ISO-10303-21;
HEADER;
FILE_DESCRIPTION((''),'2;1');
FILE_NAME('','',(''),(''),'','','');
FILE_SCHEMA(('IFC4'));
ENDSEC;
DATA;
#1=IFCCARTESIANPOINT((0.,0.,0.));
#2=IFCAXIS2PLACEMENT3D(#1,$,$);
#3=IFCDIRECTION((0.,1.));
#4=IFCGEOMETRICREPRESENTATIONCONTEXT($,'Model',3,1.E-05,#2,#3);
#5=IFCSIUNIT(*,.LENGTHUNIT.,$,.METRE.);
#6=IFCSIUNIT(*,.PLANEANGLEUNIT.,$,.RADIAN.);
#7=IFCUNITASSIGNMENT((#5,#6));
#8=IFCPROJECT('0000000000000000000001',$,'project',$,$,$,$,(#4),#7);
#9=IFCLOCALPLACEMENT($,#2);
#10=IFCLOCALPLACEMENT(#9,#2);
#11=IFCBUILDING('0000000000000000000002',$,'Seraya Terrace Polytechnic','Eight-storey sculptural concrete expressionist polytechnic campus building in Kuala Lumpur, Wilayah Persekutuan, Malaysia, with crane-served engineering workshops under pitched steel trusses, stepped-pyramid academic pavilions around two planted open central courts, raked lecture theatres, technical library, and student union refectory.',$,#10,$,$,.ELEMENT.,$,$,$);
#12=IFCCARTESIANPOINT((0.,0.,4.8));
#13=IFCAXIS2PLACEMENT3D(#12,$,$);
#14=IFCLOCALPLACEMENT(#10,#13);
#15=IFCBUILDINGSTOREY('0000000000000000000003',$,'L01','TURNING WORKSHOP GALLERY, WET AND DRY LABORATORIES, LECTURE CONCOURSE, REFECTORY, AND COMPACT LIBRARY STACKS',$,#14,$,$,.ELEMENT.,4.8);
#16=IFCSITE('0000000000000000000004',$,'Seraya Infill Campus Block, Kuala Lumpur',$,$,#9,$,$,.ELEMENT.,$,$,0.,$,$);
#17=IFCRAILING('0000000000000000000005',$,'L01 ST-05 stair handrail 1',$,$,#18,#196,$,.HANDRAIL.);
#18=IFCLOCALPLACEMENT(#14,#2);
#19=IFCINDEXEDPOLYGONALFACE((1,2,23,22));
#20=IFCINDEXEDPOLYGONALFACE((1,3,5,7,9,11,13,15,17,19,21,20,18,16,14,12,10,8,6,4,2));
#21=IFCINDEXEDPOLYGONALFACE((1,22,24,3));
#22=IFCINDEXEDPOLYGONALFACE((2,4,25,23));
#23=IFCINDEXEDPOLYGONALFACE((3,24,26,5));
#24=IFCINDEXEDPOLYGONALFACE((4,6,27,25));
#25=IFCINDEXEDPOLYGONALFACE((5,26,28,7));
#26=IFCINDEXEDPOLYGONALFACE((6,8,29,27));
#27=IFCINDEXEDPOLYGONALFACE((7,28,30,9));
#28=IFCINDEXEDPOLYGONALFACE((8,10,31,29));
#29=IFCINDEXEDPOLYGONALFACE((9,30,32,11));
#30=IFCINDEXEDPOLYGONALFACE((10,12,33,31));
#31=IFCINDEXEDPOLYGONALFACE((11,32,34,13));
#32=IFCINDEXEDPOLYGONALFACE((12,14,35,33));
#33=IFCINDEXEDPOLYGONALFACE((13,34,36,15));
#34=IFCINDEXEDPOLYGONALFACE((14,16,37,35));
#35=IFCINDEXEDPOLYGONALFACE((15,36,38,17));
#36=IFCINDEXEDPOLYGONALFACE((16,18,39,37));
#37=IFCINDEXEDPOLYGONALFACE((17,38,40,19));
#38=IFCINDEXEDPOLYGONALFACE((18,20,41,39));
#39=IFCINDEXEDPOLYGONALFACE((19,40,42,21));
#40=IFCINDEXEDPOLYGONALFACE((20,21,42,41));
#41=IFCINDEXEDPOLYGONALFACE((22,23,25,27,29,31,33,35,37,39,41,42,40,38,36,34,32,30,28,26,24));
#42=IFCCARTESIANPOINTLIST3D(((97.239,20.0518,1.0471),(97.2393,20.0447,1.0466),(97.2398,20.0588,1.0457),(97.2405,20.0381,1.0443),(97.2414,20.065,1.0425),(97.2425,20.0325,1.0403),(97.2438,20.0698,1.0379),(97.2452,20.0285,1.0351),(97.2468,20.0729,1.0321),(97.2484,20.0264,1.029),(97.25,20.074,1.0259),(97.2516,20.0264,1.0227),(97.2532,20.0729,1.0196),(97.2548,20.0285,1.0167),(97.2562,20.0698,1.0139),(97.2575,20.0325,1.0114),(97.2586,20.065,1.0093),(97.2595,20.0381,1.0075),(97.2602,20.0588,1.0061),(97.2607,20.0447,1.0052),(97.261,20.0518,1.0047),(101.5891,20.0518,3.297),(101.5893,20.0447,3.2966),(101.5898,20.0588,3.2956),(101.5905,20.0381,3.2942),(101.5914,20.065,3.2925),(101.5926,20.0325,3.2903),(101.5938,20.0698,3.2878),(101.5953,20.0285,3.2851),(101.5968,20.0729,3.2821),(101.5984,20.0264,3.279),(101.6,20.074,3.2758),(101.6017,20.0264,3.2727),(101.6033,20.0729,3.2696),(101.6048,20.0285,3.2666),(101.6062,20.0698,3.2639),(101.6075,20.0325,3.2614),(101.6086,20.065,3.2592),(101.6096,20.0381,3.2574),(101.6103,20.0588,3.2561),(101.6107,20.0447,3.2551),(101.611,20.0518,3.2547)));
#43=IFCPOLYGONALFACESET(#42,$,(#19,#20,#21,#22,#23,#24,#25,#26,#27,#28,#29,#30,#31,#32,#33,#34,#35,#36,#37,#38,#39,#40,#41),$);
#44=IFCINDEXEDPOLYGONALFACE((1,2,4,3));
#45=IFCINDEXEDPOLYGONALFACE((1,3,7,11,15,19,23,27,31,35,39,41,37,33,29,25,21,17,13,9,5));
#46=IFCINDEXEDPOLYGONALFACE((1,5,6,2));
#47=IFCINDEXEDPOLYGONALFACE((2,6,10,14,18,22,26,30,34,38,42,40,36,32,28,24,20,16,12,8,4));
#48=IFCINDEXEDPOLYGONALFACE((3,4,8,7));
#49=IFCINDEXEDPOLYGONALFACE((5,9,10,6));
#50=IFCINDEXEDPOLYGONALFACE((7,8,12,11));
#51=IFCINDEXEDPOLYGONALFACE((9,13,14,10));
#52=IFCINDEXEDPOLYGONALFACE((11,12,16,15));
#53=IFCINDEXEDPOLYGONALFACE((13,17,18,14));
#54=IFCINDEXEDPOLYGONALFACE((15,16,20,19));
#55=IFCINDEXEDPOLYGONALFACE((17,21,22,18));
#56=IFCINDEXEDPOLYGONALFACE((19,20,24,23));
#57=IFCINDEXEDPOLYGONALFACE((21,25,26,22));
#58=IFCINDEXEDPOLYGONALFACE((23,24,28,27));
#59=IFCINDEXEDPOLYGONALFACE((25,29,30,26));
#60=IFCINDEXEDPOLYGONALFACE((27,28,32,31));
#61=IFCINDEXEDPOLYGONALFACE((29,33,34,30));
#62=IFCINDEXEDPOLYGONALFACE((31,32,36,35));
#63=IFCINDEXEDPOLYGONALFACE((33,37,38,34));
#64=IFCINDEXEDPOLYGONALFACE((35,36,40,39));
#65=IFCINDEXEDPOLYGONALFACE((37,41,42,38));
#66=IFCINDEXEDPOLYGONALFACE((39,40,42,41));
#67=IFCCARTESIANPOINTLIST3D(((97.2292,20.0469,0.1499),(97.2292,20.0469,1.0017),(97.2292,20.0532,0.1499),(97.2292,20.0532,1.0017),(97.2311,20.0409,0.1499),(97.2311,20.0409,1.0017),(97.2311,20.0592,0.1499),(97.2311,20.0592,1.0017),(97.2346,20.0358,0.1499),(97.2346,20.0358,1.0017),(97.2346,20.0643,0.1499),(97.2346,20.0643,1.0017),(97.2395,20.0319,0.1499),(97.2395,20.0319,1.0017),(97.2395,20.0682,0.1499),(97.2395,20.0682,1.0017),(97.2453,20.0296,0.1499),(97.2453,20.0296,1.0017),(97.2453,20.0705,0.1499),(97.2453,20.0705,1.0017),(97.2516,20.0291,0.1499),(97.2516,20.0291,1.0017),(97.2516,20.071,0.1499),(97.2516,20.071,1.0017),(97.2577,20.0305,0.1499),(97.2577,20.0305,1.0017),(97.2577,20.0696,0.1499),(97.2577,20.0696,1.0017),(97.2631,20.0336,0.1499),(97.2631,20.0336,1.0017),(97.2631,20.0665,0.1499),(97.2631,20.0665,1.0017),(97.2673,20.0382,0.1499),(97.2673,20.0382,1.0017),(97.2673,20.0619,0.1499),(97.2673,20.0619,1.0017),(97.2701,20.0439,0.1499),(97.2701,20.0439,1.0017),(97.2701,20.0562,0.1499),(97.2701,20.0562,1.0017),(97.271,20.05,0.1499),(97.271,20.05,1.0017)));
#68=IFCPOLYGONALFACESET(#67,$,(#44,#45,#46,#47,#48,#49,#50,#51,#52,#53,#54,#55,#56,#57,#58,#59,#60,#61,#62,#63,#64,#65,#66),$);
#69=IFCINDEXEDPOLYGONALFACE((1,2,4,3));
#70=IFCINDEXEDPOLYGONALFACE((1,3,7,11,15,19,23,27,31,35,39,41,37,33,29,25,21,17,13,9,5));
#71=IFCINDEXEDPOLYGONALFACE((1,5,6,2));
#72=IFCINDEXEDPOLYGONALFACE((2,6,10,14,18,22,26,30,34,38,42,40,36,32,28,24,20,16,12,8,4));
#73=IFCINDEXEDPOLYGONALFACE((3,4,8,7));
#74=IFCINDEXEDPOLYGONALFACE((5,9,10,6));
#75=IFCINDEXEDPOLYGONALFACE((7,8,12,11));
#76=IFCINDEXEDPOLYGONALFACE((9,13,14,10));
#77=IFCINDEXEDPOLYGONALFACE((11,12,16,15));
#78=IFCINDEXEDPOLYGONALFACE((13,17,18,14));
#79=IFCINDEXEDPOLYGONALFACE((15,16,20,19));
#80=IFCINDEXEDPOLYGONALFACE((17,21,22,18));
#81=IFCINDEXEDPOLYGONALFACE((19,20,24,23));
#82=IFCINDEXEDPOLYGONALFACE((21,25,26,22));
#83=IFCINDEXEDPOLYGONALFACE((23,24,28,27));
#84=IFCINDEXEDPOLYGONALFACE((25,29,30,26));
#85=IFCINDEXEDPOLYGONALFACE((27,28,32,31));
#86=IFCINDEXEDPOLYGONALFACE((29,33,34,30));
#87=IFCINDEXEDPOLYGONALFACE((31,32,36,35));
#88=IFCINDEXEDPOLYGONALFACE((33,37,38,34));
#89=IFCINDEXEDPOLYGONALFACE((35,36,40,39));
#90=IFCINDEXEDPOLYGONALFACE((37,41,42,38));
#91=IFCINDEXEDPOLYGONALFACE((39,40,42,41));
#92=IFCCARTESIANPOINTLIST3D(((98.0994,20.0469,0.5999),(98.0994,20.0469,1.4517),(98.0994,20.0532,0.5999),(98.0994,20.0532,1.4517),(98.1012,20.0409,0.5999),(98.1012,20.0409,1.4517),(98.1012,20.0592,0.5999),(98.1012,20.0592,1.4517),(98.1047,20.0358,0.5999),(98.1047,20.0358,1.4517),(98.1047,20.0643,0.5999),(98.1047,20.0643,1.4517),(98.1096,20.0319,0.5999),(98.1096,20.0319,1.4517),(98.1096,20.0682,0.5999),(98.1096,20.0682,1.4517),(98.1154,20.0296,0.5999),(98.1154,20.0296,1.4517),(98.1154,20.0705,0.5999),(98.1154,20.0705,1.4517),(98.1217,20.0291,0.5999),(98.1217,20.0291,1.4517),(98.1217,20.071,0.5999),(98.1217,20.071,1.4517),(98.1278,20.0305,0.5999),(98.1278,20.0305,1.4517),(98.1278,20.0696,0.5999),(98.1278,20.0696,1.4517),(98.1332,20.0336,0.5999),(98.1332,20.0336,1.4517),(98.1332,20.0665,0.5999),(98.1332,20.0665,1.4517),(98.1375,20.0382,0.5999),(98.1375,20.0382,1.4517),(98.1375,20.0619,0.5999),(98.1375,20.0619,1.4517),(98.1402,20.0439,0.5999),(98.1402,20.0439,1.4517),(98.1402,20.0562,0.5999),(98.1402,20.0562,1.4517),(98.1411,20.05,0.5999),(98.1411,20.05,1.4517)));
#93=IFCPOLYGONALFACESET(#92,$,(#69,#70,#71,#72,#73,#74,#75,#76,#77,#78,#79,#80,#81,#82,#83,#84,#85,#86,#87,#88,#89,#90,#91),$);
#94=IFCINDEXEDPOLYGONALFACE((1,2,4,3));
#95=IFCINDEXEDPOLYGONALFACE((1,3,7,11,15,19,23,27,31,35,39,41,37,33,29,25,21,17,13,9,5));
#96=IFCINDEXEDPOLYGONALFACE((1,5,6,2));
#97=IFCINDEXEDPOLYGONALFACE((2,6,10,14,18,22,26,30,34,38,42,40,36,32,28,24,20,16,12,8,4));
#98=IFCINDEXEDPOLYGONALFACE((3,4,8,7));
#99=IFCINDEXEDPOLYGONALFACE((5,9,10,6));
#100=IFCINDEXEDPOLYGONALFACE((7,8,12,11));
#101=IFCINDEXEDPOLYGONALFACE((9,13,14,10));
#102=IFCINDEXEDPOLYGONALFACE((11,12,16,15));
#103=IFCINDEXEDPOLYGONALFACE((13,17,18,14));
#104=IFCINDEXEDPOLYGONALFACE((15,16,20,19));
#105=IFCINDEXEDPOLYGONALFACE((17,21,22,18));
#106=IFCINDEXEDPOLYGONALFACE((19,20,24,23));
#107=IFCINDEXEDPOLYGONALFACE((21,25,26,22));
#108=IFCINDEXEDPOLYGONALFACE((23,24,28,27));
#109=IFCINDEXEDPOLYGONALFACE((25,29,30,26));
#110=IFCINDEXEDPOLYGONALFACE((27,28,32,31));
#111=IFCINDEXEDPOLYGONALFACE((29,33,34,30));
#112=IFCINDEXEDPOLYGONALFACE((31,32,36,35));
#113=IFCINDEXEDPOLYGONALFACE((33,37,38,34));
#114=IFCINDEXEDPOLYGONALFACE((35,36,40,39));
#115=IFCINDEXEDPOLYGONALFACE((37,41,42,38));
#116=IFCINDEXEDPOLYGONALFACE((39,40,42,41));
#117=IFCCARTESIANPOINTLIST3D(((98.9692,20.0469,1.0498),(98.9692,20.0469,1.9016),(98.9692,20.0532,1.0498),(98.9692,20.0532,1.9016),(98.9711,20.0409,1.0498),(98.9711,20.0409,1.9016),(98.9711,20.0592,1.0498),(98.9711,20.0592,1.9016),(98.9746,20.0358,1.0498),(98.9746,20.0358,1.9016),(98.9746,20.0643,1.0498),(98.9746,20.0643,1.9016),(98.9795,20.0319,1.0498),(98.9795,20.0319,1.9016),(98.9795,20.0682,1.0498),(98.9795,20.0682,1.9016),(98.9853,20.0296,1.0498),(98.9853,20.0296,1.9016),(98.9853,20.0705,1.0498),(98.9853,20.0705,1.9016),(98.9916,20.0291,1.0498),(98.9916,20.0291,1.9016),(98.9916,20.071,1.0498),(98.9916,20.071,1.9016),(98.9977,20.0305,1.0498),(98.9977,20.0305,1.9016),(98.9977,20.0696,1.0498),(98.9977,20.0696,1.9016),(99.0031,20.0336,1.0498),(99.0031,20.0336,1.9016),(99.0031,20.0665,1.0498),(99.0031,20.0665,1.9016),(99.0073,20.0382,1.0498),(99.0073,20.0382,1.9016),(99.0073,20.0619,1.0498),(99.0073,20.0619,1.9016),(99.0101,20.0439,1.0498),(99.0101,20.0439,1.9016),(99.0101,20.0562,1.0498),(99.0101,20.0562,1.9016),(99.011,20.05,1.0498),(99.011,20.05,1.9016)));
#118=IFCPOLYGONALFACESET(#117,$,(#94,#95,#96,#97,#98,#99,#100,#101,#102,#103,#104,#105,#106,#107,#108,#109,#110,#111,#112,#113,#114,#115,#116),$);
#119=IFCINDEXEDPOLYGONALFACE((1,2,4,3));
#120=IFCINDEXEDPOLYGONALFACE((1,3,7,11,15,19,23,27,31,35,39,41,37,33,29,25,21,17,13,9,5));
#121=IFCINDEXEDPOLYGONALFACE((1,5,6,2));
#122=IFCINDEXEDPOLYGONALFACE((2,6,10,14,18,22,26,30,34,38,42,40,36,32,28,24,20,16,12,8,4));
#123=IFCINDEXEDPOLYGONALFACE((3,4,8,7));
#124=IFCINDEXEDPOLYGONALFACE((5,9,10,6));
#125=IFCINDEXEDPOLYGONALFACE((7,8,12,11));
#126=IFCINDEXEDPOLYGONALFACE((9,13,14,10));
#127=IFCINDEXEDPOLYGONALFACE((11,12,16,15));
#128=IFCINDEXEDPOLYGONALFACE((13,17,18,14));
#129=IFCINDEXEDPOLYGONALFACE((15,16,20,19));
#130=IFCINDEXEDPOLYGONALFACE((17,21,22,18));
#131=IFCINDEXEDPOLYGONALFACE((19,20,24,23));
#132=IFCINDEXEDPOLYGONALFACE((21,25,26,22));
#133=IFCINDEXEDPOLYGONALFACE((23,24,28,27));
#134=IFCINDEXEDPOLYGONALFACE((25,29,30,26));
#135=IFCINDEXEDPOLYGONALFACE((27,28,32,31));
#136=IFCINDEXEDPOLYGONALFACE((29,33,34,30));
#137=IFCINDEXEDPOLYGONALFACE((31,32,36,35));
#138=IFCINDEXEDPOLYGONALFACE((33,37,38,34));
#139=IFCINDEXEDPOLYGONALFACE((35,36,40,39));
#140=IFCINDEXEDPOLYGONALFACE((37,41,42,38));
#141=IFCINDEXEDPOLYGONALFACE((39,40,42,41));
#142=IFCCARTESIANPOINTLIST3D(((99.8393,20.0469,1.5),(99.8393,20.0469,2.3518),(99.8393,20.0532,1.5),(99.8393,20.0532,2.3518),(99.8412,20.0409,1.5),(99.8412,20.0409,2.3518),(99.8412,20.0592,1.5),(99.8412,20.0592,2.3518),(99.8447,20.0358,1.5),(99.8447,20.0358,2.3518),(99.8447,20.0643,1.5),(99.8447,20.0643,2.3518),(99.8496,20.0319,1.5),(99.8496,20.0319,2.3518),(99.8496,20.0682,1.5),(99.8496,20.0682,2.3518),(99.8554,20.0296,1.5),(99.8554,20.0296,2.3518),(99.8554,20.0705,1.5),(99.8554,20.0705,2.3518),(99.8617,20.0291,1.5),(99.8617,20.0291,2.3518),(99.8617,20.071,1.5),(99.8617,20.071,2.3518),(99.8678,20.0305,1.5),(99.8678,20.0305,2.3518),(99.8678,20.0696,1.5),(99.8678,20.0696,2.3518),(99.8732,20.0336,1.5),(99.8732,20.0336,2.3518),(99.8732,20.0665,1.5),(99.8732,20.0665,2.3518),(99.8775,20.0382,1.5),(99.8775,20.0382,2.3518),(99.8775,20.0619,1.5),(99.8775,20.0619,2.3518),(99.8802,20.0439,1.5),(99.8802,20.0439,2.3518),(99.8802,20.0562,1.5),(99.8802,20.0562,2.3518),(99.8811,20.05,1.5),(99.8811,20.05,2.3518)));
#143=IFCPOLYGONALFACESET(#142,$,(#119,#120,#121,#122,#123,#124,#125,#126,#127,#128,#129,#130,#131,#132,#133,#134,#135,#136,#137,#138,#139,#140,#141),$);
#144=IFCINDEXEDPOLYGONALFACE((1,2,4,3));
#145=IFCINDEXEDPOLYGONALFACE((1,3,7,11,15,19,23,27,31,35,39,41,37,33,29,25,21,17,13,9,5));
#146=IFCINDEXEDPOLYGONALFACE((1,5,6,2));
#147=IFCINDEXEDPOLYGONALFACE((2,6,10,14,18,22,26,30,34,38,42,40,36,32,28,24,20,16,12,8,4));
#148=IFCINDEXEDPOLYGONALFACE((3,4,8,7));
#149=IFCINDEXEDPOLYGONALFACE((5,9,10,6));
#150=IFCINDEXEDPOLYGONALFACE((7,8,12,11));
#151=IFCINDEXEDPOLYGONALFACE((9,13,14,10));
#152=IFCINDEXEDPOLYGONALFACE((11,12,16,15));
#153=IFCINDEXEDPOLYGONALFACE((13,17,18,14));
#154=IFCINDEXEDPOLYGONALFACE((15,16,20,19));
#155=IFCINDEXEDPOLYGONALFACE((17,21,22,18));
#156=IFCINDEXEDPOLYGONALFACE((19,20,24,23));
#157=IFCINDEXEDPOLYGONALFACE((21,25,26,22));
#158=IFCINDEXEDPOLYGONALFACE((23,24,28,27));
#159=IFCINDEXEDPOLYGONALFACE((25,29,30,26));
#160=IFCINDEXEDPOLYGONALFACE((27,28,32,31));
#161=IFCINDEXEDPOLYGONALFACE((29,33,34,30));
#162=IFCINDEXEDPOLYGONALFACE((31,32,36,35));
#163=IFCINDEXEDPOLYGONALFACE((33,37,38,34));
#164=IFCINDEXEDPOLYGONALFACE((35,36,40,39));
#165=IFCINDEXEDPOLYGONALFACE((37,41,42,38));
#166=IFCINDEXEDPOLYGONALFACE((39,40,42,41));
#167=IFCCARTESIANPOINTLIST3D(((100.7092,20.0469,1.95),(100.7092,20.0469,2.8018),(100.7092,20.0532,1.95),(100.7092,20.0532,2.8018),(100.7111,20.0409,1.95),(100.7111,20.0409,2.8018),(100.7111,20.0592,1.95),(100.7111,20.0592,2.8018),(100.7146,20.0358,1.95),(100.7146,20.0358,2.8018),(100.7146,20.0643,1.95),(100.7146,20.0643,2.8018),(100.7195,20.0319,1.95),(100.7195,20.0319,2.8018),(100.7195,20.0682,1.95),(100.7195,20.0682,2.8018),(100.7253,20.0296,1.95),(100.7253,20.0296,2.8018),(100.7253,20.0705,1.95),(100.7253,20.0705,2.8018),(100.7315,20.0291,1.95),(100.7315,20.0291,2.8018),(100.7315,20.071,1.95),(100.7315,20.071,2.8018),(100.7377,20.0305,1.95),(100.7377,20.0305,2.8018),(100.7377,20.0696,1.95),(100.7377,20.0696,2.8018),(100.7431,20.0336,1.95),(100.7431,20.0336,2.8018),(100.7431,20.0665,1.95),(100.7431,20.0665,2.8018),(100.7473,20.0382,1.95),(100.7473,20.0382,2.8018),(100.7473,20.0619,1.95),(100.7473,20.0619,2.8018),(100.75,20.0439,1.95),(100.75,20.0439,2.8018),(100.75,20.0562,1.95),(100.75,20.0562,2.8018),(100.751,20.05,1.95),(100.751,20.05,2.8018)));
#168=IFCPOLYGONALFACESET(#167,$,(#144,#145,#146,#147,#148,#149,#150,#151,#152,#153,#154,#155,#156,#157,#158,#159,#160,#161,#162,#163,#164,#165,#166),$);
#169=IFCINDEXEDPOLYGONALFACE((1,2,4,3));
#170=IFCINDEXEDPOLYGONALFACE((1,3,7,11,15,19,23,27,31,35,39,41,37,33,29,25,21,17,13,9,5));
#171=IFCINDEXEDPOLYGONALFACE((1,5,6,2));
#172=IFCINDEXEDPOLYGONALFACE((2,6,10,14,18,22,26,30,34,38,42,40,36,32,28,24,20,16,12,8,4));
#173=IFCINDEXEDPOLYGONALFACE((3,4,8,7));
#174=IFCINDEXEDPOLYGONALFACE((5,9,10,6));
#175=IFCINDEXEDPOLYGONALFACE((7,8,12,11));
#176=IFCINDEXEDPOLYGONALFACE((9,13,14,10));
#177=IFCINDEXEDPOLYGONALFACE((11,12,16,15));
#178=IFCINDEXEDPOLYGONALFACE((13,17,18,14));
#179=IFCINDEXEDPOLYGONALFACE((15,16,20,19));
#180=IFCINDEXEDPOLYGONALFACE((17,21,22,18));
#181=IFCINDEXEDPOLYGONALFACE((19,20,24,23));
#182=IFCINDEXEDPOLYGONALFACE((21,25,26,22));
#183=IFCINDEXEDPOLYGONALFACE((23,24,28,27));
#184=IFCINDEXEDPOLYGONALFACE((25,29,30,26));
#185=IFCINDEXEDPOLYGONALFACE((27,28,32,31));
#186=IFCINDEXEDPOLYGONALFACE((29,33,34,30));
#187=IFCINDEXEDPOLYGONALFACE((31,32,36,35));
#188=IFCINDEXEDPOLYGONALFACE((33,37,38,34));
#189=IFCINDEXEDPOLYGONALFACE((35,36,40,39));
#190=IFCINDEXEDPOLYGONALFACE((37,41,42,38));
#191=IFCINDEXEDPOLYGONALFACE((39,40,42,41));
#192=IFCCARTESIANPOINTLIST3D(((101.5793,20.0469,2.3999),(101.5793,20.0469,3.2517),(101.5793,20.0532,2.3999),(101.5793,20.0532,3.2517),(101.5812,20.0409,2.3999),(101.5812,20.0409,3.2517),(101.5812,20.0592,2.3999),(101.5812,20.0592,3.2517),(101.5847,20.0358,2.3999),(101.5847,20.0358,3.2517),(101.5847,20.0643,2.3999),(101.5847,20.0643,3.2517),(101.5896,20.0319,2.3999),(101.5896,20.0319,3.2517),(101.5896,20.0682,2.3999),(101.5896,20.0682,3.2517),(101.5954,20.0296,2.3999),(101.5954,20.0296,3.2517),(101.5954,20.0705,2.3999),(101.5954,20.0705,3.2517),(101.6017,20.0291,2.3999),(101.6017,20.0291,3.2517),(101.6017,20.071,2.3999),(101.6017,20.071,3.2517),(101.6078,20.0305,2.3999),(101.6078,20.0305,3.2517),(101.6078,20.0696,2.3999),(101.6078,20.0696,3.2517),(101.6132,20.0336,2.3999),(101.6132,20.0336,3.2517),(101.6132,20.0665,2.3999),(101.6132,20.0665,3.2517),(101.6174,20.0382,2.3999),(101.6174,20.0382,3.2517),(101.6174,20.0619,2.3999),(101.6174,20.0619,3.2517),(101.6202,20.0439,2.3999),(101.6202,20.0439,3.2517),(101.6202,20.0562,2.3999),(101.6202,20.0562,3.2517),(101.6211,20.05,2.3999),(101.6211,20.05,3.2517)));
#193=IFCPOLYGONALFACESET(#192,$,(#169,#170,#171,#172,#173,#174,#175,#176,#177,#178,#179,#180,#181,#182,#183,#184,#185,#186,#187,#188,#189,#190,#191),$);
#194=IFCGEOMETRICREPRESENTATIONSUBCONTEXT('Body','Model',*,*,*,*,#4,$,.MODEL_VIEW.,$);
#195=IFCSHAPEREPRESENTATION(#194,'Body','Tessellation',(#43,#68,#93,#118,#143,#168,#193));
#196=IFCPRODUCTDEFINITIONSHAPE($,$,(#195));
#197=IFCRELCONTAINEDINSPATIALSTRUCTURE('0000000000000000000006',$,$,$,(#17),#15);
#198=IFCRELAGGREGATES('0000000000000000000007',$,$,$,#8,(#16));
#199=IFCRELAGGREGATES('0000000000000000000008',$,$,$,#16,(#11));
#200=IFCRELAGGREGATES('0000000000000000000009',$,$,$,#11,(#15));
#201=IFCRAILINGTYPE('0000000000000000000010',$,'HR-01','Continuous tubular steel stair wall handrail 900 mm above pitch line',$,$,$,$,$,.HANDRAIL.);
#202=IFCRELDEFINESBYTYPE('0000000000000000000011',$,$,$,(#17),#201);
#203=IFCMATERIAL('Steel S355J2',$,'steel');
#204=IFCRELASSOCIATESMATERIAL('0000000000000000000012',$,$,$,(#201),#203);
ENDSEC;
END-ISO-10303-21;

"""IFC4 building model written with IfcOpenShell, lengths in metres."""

from ifc_helpers import new_model, si_unit, direction, frame, origin, origin_2d, place, context, subcontext, project, spatial, circle, extrude, material, type_object, element, save


model = new_model("IFC4")

# Units and contexts
model_context = context("Model", 3, precision=1e-05, world=origin(), true_north=direction((0.0, 1.0)))
body_context = subcontext(model_context, "Body", "Model", "MODEL_VIEW")
ifc_project = project(units=[si_unit("LENGTHUNIT", "METRE"), si_unit("PLANEANGLEUNIT", "RADIAN")], contexts=[model_context])

# Site, building, storey
site_placement = place(None, origin())
site = spatial("IfcSite", under=ifc_project, at=site_placement, Name="Seraya Infill Campus Block, Kuala Lumpur", CompositionType="ELEMENT", RefElevation=0.0)
building_placement = place(site_placement, origin())
building = spatial("IfcBuilding", under=site, at=building_placement, Name="Seraya Terrace Polytechnic", Description="Eight-storey sculptural concrete expressionist polytechnic campus building in Kuala Lumpur, Wilayah Persekutuan, Malaysia, with crane-served engineering workshops under pitched steel trusses, stepped-pyramid academic pavilions around two planted open central courts, raked lecture theatres, technical library, and student union refectory.", CompositionType="ELEMENT")
storey_placement = place(building_placement, frame((0.0, 0.0, 4.8)))
storey = spatial("IfcBuildingStorey", under=building, at=storey_placement, Name="L01", Description="TURNING WORKSHOP GALLERY, WET AND DRY LABORATORIES, LECTURE CONCOURSE, REFECTORY, AND COMPACT LIBRARY STACKS", CompositionType="ELEMENT", Elevation=4.8)

# Shared definitions
ifc_material_1 = material(Name="Steel S355J2", Category="steel")

# Railing
railing_type_1 = type_object("IfcRailingType", Name="HR-01", Description="Continuous tubular steel stair wall handrail 900 mm above pitch line", PredefinedType="HANDRAIL", material=ifc_material_1)
railing_1_placement = place(storey_placement, frame((97.25, 20.05, 0.1499)))
element("IfcRailing", 1, at=railing_1_placement, inside=storey, type_object=railing_type_1, Name="L01 ST-05 stair handrail 1", PredefinedType="HANDRAIL", context=body_context, shape_type="SweptSolid", body=[
    extrude(circle(Radius=0.0239, at=origin_2d()), frame((0.0, 0.0, 0.876), z_axis=(0.888222, 0.0, 0.459415), x_axis=(0.0, 1.0, 0.0)), (0.0, 0.0, 1.0), 4.8975),
    extrude(circle(Radius=0.021, at=origin_2d()), origin(), (0.0, 0.0, 1.0), 0.8518),
    extrude(circle(Radius=0.021, at=origin_2d()), frame((0.8701, 0.0, 0.45)), (0.0, 0.0, 1.0), 0.8518),
    extrude(circle(Radius=0.021, at=origin_2d()), frame((1.74, 0.0, 0.8999)), (0.0, 0.0, 1.0), 0.8518),
    extrude(circle(Radius=0.021, at=origin_2d()), frame((2.6101, 0.0, 1.3501)), (0.0, 0.0, 1.0), 0.8518),
    extrude(circle(Radius=0.021, at=origin_2d()), frame((3.48, 0.0, 1.8)), (0.0, 0.0, 1.0), 0.8518),
    extrude(circle(Radius=0.021, at=origin_2d()), frame((4.3501, 0.0, 2.25)), (0.0, 0.0, 1.0), 0.8518),
])

save(model, "model.ifc")
